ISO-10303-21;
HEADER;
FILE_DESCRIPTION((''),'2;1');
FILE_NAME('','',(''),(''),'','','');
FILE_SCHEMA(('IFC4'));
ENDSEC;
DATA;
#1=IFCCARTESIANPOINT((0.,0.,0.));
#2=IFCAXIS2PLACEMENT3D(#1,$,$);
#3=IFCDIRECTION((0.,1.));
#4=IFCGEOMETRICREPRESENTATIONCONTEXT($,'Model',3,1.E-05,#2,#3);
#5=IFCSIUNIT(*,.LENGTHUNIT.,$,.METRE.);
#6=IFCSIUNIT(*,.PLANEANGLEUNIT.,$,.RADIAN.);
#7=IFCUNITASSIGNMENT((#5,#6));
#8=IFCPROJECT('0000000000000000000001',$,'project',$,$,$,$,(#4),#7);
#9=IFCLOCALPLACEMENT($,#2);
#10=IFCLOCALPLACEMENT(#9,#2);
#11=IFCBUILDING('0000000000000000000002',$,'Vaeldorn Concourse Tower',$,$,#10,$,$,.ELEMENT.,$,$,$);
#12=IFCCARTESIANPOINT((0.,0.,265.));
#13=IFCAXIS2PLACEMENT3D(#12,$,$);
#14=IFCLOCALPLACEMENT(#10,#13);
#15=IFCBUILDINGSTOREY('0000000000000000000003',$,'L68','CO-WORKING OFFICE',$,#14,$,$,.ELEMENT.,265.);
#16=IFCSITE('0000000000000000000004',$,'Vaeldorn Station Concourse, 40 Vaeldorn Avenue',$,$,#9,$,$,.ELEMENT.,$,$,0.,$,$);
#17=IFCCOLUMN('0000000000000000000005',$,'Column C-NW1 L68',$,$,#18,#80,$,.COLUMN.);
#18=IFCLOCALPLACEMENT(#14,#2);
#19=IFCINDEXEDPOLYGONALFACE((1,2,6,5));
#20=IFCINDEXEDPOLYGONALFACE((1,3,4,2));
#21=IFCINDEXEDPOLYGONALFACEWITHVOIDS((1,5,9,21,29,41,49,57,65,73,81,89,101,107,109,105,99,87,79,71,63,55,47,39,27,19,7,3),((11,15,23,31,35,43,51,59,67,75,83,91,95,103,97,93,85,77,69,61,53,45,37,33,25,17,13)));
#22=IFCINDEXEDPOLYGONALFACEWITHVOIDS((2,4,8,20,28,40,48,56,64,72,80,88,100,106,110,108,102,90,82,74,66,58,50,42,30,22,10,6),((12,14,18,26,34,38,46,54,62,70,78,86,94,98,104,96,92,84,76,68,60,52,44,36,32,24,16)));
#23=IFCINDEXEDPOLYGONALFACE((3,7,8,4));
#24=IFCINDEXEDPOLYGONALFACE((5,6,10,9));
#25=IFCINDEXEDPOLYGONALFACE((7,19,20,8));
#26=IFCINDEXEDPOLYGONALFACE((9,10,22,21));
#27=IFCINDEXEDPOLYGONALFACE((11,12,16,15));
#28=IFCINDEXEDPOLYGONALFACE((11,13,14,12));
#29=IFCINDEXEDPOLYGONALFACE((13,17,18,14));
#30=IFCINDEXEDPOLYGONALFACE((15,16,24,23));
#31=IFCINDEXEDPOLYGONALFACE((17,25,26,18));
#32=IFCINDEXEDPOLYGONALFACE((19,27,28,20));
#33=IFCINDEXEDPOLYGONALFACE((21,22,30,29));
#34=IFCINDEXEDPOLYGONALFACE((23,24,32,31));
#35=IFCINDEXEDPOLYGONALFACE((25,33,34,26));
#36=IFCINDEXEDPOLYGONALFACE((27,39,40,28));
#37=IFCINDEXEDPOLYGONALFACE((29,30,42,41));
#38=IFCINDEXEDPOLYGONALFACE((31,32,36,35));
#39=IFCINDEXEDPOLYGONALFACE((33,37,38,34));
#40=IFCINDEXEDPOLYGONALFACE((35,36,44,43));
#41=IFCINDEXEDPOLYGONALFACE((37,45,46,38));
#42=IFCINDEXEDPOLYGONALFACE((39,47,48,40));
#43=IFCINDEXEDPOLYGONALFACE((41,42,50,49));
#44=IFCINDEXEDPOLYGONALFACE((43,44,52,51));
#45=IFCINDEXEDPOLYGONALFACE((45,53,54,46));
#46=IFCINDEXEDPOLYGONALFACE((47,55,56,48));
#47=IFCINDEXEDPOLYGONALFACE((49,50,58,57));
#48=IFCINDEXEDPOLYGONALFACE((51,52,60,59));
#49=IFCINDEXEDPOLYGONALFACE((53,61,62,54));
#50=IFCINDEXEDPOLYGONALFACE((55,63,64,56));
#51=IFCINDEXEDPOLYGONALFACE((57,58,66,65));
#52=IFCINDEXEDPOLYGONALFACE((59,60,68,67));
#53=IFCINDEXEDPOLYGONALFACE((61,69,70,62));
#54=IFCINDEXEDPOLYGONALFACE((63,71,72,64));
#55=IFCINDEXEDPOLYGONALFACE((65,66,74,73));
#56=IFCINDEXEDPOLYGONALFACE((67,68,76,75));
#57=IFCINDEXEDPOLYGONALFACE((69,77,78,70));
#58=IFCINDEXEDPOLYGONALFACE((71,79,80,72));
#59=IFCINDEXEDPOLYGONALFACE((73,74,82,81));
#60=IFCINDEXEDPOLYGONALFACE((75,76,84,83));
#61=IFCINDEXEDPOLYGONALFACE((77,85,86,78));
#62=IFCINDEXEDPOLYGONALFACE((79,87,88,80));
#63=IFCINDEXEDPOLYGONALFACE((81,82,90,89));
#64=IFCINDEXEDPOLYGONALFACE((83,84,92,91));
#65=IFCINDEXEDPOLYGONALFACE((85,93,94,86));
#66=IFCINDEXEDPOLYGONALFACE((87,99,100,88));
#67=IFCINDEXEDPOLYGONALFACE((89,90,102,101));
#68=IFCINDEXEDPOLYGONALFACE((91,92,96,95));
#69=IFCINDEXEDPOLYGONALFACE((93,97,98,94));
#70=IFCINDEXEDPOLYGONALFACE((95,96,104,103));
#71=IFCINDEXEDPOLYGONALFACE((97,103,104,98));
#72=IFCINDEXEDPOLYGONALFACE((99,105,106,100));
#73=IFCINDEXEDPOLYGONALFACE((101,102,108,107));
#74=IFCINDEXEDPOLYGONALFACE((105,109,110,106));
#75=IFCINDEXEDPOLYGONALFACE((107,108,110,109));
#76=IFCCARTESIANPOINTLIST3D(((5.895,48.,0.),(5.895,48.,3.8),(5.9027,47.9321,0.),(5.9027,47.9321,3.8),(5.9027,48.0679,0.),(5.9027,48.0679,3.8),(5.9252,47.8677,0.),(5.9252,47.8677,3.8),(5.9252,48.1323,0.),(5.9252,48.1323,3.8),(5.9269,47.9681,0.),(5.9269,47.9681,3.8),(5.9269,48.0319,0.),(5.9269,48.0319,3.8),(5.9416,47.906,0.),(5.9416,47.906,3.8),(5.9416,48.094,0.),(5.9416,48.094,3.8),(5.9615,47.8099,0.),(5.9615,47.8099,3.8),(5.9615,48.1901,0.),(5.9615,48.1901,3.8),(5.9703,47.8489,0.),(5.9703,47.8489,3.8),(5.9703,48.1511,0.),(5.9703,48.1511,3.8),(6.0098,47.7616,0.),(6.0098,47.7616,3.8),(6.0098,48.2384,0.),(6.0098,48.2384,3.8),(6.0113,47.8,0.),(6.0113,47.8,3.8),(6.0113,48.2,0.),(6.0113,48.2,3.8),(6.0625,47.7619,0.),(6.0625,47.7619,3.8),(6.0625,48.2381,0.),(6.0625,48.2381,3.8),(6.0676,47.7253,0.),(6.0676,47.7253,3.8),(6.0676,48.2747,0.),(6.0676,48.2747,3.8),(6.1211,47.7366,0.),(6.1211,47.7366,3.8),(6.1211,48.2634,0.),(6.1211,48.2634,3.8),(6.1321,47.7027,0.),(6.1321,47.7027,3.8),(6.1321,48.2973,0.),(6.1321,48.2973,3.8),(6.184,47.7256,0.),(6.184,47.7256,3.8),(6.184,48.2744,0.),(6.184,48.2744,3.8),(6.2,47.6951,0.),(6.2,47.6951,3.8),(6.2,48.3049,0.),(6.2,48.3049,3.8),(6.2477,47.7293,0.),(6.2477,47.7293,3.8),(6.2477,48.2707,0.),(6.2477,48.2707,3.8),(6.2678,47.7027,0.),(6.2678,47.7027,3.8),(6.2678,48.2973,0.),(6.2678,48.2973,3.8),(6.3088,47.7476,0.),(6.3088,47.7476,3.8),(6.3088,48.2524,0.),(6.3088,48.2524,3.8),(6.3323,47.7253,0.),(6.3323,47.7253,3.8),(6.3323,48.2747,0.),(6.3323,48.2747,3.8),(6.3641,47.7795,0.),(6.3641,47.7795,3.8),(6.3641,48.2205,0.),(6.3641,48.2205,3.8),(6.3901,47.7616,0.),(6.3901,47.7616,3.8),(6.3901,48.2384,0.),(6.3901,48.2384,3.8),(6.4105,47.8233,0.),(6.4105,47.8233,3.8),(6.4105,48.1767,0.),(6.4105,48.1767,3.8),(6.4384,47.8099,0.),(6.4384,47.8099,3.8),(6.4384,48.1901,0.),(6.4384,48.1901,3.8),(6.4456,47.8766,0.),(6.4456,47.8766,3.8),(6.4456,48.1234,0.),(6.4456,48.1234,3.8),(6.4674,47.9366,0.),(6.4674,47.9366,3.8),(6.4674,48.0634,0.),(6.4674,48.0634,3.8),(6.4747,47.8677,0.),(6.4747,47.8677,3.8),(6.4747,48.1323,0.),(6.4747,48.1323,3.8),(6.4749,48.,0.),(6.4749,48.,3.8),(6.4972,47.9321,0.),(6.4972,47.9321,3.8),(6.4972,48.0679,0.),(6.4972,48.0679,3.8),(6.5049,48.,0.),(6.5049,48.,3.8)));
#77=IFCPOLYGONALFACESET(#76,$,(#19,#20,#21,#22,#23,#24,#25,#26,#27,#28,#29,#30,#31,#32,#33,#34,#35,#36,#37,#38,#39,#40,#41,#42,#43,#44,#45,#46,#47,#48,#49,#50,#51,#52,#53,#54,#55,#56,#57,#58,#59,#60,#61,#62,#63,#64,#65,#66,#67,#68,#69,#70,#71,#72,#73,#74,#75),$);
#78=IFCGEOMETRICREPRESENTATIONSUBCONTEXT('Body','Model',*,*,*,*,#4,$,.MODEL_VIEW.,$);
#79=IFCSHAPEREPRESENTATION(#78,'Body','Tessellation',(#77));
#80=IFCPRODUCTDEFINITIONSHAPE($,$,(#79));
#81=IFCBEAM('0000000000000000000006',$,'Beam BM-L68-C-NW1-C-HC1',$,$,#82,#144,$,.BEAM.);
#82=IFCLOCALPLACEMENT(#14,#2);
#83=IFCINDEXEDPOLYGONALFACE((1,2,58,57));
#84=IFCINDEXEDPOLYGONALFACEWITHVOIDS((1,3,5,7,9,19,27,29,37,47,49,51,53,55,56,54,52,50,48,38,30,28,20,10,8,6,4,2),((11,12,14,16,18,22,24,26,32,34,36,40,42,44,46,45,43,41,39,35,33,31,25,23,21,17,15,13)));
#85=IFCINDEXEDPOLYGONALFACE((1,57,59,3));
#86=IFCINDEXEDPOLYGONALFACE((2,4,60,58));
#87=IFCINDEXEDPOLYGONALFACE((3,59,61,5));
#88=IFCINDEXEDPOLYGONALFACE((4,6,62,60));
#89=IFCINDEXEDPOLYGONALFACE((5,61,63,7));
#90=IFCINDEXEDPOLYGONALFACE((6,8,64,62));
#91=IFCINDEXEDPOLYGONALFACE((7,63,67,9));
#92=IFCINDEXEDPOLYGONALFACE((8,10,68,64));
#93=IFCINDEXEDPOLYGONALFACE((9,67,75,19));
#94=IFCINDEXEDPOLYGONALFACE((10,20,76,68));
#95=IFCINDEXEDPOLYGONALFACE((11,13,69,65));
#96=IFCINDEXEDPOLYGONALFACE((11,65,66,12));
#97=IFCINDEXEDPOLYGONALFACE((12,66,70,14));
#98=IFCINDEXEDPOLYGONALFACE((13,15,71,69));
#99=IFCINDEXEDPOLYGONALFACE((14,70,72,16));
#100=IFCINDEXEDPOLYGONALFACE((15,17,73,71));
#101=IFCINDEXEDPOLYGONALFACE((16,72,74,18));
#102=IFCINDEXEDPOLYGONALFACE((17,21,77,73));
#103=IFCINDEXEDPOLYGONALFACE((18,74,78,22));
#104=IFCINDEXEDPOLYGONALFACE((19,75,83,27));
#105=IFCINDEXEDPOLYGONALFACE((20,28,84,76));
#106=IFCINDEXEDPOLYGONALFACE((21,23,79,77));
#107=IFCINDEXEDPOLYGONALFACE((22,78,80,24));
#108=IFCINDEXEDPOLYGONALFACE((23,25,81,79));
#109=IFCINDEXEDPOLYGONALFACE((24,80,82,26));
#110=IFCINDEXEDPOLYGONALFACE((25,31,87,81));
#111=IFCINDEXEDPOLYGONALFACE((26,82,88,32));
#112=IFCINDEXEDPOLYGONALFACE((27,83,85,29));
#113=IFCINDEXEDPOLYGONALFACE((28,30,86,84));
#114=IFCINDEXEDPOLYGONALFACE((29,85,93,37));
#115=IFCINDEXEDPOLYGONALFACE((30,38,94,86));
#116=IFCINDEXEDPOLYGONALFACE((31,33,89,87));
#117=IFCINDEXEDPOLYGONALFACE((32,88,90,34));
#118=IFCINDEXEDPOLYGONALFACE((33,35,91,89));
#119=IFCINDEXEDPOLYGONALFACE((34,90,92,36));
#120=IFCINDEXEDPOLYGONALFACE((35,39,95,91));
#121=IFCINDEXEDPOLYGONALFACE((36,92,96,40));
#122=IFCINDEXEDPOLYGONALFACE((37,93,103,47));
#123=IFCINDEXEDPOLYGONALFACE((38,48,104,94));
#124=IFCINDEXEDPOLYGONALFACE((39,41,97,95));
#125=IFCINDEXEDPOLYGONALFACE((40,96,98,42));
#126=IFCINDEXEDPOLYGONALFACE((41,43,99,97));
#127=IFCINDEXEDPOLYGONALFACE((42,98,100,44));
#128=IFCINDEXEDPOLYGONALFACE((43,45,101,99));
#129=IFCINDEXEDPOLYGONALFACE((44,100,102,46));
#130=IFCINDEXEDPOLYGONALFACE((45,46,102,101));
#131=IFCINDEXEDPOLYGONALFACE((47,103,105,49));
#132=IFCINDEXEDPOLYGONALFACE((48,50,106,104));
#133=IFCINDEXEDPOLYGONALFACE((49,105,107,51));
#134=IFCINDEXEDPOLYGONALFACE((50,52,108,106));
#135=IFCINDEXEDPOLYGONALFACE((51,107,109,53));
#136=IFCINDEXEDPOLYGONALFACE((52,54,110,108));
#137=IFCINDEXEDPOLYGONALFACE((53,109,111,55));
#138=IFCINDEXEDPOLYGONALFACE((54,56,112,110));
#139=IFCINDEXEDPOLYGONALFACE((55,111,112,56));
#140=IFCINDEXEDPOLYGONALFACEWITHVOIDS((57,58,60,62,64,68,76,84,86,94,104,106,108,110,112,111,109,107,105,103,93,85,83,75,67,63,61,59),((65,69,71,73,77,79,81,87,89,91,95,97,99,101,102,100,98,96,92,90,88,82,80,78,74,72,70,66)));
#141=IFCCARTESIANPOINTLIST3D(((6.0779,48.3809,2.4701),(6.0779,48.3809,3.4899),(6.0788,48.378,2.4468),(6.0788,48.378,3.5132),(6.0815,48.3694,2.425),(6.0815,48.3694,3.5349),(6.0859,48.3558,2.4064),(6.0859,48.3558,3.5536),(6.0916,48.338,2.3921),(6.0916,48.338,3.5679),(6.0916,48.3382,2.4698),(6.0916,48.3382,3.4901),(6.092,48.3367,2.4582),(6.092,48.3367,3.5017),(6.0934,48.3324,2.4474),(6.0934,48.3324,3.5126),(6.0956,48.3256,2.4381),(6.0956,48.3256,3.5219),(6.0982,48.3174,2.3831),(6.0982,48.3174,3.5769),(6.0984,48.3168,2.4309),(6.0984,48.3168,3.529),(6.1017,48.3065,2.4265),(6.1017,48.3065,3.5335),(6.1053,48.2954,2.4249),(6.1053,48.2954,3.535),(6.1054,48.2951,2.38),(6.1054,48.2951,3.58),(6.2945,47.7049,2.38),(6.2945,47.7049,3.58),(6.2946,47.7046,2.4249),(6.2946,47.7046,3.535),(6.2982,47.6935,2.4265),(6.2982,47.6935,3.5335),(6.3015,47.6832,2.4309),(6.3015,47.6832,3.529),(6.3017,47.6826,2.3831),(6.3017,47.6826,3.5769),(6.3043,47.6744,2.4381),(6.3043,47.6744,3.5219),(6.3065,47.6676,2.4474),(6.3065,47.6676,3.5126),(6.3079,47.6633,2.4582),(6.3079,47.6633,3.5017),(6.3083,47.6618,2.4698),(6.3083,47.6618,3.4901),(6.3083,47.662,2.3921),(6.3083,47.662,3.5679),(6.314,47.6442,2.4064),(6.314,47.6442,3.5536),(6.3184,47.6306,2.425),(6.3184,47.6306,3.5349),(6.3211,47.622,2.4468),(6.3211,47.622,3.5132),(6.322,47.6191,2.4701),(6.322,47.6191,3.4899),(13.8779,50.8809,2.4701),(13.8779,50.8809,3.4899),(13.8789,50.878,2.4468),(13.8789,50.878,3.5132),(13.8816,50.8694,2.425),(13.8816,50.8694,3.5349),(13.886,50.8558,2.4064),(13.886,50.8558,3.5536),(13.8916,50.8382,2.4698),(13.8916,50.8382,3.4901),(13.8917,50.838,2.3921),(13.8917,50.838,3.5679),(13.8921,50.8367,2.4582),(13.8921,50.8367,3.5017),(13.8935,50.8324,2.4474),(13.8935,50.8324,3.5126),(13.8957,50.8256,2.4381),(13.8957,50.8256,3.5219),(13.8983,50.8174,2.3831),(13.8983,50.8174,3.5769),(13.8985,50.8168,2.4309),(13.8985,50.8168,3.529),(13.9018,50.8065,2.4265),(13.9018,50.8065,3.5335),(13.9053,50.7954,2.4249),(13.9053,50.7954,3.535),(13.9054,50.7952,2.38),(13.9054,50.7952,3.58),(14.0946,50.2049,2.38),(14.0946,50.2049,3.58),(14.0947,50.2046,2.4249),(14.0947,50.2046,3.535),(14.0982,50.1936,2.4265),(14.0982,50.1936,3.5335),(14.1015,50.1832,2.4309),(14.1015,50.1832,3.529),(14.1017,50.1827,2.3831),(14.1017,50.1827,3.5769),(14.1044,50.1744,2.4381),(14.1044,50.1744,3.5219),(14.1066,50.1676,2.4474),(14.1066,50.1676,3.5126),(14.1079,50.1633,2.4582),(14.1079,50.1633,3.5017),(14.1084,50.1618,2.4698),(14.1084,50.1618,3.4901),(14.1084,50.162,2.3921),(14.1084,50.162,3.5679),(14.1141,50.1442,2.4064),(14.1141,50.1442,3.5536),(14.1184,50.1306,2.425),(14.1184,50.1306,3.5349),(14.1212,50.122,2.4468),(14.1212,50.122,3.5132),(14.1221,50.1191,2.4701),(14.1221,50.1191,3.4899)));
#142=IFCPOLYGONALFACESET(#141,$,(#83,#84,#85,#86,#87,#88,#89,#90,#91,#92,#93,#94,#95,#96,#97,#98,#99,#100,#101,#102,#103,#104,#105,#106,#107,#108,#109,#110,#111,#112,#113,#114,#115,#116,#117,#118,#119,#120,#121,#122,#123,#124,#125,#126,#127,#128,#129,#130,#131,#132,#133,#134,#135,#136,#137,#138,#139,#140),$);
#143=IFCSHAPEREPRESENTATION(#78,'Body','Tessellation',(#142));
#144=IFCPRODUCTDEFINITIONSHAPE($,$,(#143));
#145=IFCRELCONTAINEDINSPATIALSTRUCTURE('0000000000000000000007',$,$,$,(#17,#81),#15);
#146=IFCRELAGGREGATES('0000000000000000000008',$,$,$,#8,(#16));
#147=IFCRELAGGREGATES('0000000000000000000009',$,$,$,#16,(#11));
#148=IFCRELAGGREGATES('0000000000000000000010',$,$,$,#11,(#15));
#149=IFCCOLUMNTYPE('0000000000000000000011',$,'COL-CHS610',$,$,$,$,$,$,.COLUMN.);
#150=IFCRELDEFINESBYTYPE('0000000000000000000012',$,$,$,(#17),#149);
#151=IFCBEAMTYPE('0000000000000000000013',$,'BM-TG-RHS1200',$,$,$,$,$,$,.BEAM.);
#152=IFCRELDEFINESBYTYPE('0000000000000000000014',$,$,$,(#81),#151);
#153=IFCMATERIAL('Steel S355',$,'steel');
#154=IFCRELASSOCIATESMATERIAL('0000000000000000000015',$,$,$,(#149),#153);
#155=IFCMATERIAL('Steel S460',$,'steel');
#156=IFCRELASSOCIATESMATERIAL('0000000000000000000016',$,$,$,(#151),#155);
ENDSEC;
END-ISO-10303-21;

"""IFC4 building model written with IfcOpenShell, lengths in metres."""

from ifc_helpers import new_model, si_unit, direction, frame, origin, origin_2d, place, context, subcontext, project, spatial, hollow_rectangle, hollow_circle, extrude, source, transform, mapped, material, material_profile, profile_set, type_object, element, save


model = new_model("IFC4")

# Units and contexts
model_context = context("Model", 3, precision=1e-05, world=origin(), true_north=direction((0.0, 1.0)))
body_context = subcontext(model_context, "Body", "Model", "MODEL_VIEW")
ifc_project = project(units=[si_unit("LENGTHUNIT", "METRE"), si_unit("PLANEANGLEUNIT", "RADIAN")], contexts=[model_context])

# Site, building, storey
site_placement = place(None, origin())
site = spatial("IfcSite", under=ifc_project, at=site_placement, Name="Vaeldorn Station Concourse, 40 Vaeldorn Avenue", CompositionType="ELEMENT", RefElevation=0.0)
building_placement = place(site_placement, origin())
building = spatial("IfcBuilding", under=site, at=building_placement, Name="Vaeldorn Concourse Tower", CompositionType="ELEMENT")
storey_placement = place(building_placement, frame((0.0, 0.0, 265.0)))
storey = spatial("IfcBuildingStorey", under=building, at=storey_placement, Name="L68", Description="CO-WORKING OFFICE", CompositionType="ELEMENT", Elevation=265.0)

# Column
ifc_material_1 = material(Name="Steel S355", Category="steel")
ifc_material_profile_1 = material_profile(ifc_material_1, hollow_circle(Radius=0.3049, WallThickness=0.03, at=origin_2d()), Name="CHS 610x30")
ifc_profile_set_1 = profile_set([ifc_material_profile_1], Name="Steel S355")
column_type = type_object("IfcColumnType", Name="COL-CHS610", PredefinedType="COLUMN", material=ifc_profile_set_1)
shared_shape_1 = source(origin(), body_context, "Body", "SweptSolid", [
    extrude(hollow_circle(Radius=0.3049, WallThickness=0.03, at=origin_2d()), origin(), (0.0, 0.0, 1.0), 3.8),
])
column_placement = place(storey_placement, frame((6.2, 48.0, 0.0), z_axis=(0.0, 0.0, 1.0), x_axis=(1.0, 0.0, 0.0)))
element("IfcColumn", 1, at=column_placement, inside=storey, type_object=column_type, Name="Column C-NW1 L68", PredefinedType="COLUMN", context=body_context, shape_type="MappedRepresentation", body=[
    mapped(shared_shape_1, transform((0.0, 0.0, 0.0), scale=1.0)),
])

# Beam
ifc_material_2 = material(Name="Steel S460", Category="steel")
ifc_material_profile_2 = material_profile(ifc_material_2, hollow_rectangle(XDim=0.8, YDim=1.2, WallThickness=0.0449, InnerFilletRadius=0.0449, OuterFilletRadius=0.0901, at=origin_2d()), Name="RHS 1200x800x45")
ifc_profile_set_2 = profile_set([ifc_material_profile_2], Name="Steel S460")
beam_type_1 = type_object("IfcBeamType", Name="BM-TG-RHS1200", PredefinedType="BEAM", material=ifc_profile_set_2)
shared_shape_2 = source(origin(), body_context, "Body", "SweptSolid", [
    extrude(hollow_rectangle(XDim=0.8, YDim=1.2, WallThickness=0.0449, InnerFilletRadius=0.0449, OuterFilletRadius=0.0901, at=origin_2d()), origin(), (0.0, 0.0, 1.0), 8.1909),
])
beam_1_placement = place(storey_placement, frame((6.2, 48.0, 2.98), z_axis=(0.952283, 0.305217, 0.0), x_axis=(-0.305217, 0.952283, 0.0)))
element("IfcBeam", 2, at=beam_1_placement, inside=storey, type_object=beam_type_1, Name="Beam BM-L68-C-NW1-C-HC1", PredefinedType="BEAM", context=body_context, shape_type="MappedRepresentation", body=[
    mapped(shared_shape_2, transform((0.0, 0.0, 0.0), scale=1.0)),
])

save(model, "model.ifc")
